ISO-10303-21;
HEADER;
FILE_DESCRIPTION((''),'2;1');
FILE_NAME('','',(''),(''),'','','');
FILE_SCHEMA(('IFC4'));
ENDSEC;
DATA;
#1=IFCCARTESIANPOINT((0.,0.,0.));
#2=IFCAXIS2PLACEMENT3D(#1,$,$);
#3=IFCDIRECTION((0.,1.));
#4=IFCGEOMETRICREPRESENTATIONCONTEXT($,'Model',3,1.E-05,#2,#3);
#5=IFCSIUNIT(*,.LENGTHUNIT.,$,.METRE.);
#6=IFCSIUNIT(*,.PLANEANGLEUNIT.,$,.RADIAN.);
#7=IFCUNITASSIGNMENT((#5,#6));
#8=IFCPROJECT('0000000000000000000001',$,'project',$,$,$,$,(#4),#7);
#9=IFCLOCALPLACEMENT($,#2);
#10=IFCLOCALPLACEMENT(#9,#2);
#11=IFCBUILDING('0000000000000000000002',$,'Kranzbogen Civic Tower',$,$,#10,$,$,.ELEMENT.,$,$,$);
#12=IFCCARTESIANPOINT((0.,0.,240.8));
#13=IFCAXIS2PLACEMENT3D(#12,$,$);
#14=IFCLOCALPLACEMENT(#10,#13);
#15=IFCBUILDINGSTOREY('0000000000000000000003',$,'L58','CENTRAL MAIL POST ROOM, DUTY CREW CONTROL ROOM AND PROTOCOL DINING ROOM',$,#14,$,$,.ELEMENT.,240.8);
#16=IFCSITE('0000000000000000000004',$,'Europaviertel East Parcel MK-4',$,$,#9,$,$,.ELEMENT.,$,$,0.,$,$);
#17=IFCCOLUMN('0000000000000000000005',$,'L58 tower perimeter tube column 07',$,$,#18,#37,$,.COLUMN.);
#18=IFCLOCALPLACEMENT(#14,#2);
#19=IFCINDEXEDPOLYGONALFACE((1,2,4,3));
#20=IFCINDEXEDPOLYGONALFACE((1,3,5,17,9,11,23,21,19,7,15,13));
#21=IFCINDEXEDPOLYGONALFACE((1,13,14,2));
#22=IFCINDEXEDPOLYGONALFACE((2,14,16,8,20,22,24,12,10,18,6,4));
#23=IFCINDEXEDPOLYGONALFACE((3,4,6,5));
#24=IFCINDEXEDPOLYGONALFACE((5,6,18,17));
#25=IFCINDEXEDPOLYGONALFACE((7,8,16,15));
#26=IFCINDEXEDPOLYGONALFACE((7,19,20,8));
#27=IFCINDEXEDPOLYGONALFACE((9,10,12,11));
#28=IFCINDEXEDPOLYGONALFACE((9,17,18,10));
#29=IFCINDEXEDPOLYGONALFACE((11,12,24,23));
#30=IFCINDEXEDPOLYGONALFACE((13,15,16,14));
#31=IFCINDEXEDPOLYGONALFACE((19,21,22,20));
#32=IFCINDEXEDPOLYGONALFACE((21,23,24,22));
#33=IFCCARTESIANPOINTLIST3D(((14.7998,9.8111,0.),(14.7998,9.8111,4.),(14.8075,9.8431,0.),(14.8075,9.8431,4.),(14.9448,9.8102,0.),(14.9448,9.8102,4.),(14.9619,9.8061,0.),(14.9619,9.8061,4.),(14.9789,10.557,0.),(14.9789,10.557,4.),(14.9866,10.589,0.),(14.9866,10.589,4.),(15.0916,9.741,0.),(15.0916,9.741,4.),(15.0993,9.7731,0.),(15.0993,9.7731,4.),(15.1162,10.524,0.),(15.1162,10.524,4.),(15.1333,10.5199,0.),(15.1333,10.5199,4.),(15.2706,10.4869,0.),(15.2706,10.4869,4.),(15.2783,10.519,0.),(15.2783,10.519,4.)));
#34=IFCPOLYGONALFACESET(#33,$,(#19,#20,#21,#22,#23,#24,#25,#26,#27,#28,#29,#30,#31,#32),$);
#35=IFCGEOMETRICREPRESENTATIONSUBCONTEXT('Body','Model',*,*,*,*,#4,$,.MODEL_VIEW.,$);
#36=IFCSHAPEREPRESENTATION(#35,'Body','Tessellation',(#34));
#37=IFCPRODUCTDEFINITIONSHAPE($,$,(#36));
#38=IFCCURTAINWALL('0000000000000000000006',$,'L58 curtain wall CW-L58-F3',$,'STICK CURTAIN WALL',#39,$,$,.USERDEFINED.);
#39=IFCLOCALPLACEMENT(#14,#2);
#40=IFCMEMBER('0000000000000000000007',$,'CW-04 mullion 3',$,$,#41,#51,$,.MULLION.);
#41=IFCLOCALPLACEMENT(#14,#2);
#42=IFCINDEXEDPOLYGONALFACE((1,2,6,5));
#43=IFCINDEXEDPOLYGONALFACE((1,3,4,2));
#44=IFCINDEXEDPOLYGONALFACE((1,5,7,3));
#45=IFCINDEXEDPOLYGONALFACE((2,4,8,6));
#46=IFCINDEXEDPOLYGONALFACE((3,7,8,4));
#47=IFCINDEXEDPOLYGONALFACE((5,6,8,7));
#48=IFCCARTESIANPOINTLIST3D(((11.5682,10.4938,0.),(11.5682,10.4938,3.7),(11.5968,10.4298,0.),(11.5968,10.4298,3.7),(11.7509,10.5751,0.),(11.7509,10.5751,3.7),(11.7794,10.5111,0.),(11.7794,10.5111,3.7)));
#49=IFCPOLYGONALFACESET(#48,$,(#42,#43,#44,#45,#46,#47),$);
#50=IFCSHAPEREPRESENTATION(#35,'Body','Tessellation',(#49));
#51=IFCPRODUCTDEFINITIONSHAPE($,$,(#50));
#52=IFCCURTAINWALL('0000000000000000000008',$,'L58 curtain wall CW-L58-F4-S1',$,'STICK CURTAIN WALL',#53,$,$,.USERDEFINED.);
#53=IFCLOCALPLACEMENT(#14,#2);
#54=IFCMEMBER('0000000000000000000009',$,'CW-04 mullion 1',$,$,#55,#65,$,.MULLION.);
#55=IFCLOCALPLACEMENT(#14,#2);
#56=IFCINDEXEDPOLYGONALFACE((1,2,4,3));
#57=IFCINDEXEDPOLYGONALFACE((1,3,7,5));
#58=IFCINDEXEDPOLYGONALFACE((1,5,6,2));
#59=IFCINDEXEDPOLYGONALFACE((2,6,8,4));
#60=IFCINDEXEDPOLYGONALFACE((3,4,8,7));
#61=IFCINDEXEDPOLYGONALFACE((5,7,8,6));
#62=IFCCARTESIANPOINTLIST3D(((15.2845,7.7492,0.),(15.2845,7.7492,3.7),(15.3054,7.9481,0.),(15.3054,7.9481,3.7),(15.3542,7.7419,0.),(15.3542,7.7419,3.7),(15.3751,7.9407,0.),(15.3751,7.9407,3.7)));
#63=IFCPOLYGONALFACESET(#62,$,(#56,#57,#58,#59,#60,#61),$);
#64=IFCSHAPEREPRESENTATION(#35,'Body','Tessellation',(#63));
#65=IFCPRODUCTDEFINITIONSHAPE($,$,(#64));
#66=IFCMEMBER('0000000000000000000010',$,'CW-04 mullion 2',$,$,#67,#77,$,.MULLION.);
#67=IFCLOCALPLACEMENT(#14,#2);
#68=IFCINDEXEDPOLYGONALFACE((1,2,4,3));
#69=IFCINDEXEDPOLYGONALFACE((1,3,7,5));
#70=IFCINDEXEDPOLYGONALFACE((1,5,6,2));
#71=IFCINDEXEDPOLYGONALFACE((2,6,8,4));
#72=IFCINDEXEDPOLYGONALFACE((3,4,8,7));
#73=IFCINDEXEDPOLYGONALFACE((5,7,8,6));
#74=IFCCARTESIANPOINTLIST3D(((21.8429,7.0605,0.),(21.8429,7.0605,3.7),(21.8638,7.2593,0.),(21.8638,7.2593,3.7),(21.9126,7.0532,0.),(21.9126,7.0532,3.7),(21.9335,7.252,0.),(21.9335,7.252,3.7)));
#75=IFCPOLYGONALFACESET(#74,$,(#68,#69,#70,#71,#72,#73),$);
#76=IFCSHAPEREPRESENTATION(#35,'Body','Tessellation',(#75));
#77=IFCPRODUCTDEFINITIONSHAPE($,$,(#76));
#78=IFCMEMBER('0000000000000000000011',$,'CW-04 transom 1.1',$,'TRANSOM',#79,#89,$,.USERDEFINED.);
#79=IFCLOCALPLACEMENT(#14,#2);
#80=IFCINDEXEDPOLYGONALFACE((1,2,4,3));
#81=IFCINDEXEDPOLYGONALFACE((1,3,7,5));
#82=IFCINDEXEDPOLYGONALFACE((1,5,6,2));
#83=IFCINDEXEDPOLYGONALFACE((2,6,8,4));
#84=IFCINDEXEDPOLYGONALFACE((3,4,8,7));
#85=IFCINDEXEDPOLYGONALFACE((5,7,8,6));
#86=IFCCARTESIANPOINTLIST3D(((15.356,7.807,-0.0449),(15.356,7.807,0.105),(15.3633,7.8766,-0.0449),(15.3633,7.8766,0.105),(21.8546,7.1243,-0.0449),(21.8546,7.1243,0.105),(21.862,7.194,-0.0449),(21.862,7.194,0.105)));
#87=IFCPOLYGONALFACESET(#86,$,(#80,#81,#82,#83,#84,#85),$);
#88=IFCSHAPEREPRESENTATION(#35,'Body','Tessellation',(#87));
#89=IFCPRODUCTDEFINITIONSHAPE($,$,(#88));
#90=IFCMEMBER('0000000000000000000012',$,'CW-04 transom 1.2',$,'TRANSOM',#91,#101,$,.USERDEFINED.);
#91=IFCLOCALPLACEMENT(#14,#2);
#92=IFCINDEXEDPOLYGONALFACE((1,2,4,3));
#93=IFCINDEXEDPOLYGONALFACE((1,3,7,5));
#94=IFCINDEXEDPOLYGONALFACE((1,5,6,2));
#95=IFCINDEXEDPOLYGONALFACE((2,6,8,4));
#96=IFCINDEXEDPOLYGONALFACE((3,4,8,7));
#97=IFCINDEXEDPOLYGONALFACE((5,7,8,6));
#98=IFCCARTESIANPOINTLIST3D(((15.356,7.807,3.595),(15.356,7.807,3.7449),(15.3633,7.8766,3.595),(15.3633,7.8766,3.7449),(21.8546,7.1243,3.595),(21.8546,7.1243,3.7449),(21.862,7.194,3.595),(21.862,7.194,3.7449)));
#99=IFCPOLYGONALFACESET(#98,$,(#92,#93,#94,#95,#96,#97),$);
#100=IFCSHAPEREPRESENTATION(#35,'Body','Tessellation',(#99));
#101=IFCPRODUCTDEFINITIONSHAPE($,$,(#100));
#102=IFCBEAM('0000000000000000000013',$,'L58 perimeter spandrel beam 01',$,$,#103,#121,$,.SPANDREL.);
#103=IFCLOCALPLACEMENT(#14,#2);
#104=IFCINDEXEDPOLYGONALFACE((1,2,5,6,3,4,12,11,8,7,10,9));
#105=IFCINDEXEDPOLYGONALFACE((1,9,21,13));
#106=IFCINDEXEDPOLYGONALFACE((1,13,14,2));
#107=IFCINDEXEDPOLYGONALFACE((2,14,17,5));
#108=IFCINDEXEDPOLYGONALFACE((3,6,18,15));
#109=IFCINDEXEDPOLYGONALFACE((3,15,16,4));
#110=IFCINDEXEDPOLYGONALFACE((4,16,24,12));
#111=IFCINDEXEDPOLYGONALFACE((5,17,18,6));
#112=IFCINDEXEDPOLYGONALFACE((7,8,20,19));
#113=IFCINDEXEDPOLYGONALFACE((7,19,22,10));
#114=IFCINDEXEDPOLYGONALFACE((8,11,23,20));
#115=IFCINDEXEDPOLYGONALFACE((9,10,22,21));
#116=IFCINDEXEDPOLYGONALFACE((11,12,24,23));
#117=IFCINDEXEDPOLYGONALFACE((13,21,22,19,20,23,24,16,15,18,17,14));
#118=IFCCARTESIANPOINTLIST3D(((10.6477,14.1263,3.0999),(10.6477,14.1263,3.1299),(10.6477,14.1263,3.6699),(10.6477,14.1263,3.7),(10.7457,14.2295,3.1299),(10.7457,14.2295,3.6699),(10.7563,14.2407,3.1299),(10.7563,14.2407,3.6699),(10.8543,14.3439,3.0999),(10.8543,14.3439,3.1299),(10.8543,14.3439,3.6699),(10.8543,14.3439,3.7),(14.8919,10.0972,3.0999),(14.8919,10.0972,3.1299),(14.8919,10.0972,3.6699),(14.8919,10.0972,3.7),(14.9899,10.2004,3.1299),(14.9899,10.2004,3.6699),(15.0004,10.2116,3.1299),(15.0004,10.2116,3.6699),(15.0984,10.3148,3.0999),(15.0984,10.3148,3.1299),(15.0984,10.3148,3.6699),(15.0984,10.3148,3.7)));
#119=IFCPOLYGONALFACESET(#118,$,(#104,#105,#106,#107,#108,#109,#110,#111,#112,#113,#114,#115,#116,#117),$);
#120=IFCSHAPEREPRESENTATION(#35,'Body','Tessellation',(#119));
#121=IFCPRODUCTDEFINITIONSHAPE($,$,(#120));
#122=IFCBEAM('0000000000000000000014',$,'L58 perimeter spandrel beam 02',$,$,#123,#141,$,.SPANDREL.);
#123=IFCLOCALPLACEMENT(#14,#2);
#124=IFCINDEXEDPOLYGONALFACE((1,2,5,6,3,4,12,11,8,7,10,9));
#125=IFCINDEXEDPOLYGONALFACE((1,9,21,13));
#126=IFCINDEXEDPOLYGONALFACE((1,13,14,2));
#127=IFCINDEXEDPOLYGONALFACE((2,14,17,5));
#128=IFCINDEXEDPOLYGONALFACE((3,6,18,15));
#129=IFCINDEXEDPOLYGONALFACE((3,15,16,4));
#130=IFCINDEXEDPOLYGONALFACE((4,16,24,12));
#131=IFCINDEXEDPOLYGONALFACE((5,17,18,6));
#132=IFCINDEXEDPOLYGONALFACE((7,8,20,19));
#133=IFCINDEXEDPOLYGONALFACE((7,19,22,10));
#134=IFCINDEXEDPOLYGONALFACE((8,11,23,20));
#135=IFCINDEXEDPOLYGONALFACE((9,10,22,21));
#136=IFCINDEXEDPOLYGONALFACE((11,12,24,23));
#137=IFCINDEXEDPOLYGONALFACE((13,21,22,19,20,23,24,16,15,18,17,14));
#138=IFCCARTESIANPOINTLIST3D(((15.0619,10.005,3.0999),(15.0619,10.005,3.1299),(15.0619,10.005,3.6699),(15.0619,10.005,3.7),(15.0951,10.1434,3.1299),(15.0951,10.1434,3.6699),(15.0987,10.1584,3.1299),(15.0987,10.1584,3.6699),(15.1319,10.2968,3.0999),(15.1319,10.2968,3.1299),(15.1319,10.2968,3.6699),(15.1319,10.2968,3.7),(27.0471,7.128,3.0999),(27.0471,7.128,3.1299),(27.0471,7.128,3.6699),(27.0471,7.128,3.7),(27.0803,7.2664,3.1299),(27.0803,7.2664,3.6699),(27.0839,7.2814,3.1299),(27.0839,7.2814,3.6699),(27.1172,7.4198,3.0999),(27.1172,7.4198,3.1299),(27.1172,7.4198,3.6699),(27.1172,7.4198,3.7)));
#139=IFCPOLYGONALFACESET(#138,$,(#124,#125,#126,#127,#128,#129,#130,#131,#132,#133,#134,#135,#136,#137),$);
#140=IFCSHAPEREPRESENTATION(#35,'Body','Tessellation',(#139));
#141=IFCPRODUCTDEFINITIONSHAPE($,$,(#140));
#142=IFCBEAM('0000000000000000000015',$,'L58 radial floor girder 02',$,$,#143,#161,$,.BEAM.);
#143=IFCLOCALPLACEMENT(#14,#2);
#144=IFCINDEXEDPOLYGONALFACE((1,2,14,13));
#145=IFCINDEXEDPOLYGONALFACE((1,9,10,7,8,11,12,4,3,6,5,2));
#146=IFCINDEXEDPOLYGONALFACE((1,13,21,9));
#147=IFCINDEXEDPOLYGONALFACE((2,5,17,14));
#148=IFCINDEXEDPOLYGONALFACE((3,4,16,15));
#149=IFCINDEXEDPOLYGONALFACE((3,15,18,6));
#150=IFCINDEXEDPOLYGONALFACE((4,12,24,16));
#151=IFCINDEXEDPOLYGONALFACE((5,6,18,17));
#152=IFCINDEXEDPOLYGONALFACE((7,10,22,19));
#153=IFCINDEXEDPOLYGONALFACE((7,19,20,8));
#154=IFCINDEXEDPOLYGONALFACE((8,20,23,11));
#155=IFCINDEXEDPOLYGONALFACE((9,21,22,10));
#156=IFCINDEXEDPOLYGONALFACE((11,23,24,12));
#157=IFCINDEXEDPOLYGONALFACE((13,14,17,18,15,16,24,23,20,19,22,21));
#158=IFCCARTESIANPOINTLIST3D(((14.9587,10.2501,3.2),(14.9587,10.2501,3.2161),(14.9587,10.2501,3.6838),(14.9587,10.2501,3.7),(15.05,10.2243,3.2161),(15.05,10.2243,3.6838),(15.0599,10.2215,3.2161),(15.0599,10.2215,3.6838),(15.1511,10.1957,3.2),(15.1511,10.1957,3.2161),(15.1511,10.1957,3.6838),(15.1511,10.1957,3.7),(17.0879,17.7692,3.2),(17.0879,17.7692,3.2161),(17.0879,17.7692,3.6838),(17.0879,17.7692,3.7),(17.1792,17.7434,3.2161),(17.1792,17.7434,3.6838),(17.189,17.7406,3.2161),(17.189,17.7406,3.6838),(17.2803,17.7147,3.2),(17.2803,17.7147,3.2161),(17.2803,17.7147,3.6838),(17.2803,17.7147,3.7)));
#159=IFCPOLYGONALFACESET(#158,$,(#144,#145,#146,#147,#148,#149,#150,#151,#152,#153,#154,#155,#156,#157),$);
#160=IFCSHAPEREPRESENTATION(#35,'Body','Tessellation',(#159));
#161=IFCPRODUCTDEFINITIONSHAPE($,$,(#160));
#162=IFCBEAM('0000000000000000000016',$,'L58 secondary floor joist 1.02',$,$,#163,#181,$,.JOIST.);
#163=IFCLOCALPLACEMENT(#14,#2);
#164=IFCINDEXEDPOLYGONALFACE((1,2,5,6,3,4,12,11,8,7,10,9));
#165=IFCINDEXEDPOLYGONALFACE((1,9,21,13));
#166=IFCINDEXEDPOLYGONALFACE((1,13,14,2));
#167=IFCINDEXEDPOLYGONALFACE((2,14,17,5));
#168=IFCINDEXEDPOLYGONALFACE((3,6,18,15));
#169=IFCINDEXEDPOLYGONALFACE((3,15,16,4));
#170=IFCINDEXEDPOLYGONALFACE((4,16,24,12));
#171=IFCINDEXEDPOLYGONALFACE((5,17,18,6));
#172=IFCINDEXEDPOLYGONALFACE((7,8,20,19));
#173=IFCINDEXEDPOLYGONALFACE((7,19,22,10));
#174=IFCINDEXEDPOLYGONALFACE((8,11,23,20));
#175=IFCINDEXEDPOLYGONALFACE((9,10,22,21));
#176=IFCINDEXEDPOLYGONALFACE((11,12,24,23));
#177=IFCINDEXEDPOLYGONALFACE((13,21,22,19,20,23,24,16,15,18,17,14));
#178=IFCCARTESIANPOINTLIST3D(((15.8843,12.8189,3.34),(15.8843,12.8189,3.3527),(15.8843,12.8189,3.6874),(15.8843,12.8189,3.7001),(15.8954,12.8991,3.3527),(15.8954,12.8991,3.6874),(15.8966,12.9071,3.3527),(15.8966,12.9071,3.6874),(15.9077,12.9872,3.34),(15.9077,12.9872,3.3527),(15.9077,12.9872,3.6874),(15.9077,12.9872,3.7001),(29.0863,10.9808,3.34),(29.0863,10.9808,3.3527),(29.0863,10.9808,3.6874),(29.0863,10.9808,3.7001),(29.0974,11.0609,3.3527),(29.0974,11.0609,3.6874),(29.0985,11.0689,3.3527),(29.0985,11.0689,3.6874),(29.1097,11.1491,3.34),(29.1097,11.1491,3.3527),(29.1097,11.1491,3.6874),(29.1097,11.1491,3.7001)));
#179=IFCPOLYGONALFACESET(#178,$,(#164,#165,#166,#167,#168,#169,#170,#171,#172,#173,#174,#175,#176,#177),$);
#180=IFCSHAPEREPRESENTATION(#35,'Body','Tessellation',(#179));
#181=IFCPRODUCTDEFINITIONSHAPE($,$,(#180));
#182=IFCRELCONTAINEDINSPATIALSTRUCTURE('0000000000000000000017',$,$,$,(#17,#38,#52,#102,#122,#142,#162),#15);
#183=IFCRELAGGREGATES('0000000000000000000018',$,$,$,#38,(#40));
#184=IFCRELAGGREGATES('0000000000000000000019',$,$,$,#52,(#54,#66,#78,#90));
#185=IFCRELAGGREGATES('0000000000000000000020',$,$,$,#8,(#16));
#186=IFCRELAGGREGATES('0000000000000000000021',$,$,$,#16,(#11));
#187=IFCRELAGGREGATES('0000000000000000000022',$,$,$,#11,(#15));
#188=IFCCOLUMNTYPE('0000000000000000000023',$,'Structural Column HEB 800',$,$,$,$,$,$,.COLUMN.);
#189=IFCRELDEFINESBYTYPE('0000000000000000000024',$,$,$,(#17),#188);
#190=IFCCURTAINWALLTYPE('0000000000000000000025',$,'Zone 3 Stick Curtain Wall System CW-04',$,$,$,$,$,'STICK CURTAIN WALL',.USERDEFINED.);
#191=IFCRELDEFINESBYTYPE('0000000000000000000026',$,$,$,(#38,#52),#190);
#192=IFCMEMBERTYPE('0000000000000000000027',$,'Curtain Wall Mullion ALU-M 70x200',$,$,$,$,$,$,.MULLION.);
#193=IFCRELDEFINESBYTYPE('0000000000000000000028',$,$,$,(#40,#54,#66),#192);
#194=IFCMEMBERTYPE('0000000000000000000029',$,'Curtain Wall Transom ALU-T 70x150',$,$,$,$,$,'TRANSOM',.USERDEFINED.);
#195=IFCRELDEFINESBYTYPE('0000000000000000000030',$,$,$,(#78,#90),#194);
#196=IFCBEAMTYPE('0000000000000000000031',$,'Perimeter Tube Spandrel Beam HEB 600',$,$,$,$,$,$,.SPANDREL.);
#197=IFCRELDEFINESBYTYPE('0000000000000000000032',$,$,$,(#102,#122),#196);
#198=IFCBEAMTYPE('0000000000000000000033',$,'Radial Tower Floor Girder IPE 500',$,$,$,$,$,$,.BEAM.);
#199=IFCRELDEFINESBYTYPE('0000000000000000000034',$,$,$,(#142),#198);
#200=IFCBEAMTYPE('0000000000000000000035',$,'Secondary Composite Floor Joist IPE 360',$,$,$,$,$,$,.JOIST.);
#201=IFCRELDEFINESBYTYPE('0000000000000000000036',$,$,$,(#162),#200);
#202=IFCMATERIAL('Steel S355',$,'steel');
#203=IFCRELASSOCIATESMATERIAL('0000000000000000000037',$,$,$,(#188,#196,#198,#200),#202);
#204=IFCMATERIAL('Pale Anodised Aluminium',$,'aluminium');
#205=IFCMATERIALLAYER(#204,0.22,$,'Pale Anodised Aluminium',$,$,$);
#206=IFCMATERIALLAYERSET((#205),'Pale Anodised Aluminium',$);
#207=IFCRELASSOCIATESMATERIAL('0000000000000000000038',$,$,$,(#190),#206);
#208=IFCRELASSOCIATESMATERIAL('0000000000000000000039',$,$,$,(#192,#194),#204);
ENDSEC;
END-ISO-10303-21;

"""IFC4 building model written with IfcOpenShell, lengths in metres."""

from ifc_helpers import new_model, si_unit, direction, frame, origin, origin_2d, place, context, subcontext, project, spatial, rectangle, i_section, extrude, material, layer, layer_set, material_profile, profile_set, type_object, element, aggregate, save


model = new_model("IFC4")

# Units and contexts
model_context = context("Model", 3, precision=1e-05, world=origin(), true_north=direction((0.0, 1.0)))
body_context = subcontext(model_context, "Body", "Model", "MODEL_VIEW")
ifc_project = project(units=[si_unit("LENGTHUNIT", "METRE"), si_unit("PLANEANGLEUNIT", "RADIAN")], contexts=[model_context])

# Site, building, storey
site_placement = place(None, origin())
site = spatial("IfcSite", under=ifc_project, at=site_placement, Name="Europaviertel East Parcel MK-4", CompositionType="ELEMENT", RefElevation=0.0)
building_placement = place(site_placement, origin())
building = spatial("IfcBuilding", under=site, at=building_placement, Name="Kranzbogen Civic Tower", CompositionType="ELEMENT")
storey_placement = place(building_placement, frame((0.0, 0.0, 240.8)))
storey = spatial("IfcBuildingStorey", under=building, at=storey_placement, Name="L58", Description="CENTRAL MAIL POST ROOM, DUTY CREW CONTROL ROOM AND PROTOCOL DINING ROOM", CompositionType="ELEMENT", Elevation=240.8)

# Column
ifc_material_1 = material(Name="Steel S355", Category="steel")
ifc_material_profile_1 = material_profile(ifc_material_1, i_section(OverallWidth=0.3, OverallDepth=0.8, WebThickness=0.0176, FlangeThickness=0.033, at=origin_2d()), Name="HEB 800")
ifc_profile_set_1 = profile_set([ifc_material_profile_1], Name="Steel S355")
column_type = type_object("IfcColumnType", Name="Structural Column HEB 800", PredefinedType="COLUMN", material=ifc_profile_set_1)
column_placement = place(storey_placement, frame((15.0391, 10.165, 0.0), z_axis=(0.0, 0.0, 1.0), x_axis=(-0.97237, 0.233445, 0.0)))
element("IfcColumn", 1, at=column_placement, inside=storey, type_object=column_type, Name="L58 tower perimeter tube column 07", PredefinedType="COLUMN", context=body_context, shape_type="SweptSolid", body=[
    extrude(i_section(OverallWidth=0.3, OverallDepth=0.8, WebThickness=0.0176, FlangeThickness=0.033, at=origin_2d()), origin(), (0.0, 0.0, 1.0), 4.0),
])

# Curtain wall, member
ifc_material_2 = material(Name="Pale Anodised Aluminium", Category="aluminium")
ifc_layer_1 = layer(ifc_material_2, 0.22, Name="Pale Anodised Aluminium")
ifc_layer_set_1 = layer_set([ifc_layer_1], Name="Pale Anodised Aluminium")
curtain_wall_type = type_object("IfcCurtainWallType", Name="Zone 3 Stick Curtain Wall System CW-04", ElementType="STICK CURTAIN WALL", PredefinedType="USERDEFINED", material=ifc_layer_set_1)
curtain_wall_1_placement = place(storey_placement, origin())
curtain_wall_1 = element("IfcCurtainWall", 2, at=curtain_wall_1_placement, inside=storey, type_object=curtain_wall_type, Name="L58 curtain wall CW-L58-F3", ObjectType="STICK CURTAIN WALL", PredefinedType="USERDEFINED")
ifc_material_profile_2 = material_profile(ifc_material_2, rectangle(XDim=0.0701, YDim=0.2, at=origin_2d()), Name="ALU-M 70x200")
ifc_profile_set_2 = profile_set([ifc_material_profile_2], Name="Pale Anodised Aluminium")
member_type_1 = type_object("IfcMemberType", Name="Curtain Wall Mullion ALU-M 70x200", PredefinedType="MULLION", material=ifc_profile_set_2)
member_1_placement = place(storey_placement, frame((11.6738, 10.5024, 0.0), z_axis=(0.0, 0.0, 1.0), x_axis=(0.406812, -0.913512, 0.0)))
member_1 = element("IfcMember", 3, at=member_1_placement, type_object=member_type_1, Name="CW-04 mullion 3", PredefinedType="MULLION", context=body_context, shape_type="SweptSolid", body=[
    extrude(rectangle(XDim=0.0701, YDim=0.2, at=origin_2d()), origin(), (0.0, 0.0, 1.0), 3.7),
])

# Curtain wall, members
curtain_wall_2_placement = place(storey_placement, origin())
curtain_wall_2 = element("IfcCurtainWall", 4, at=curtain_wall_2_placement, inside=storey, type_object=curtain_wall_type, Name="L58 curtain wall CW-L58-F4-S1", ObjectType="STICK CURTAIN WALL", PredefinedType="USERDEFINED")
member_2_placement = place(storey_placement, frame((15.3298, 7.845, 0.0), z_axis=(0.0, 0.0, 1.0), x_axis=(0.994531, -0.104442, 0.0)))
member_2 = element("IfcMember", 5, at=member_2_placement, type_object=member_type_1, Name="CW-04 mullion 1", PredefinedType="MULLION", context=body_context, shape_type="SweptSolid", body=[
    extrude(rectangle(XDim=0.0701, YDim=0.2, at=origin_2d()), origin(), (0.0, 0.0, 1.0), 3.7),
])
member_3_placement = place(storey_placement, frame((21.8882, 7.1562, 0.0), z_axis=(0.0, 0.0, 1.0), x_axis=(0.994531, -0.104442, 0.0)))
member_3 = element("IfcMember", 6, at=member_3_placement, type_object=member_type_1, Name="CW-04 mullion 2", PredefinedType="MULLION", context=body_context, shape_type="SweptSolid", body=[
    extrude(rectangle(XDim=0.0701, YDim=0.2, at=origin_2d()), origin(), (0.0, 0.0, 1.0), 3.7),
])
ifc_material_profile_3 = material_profile(ifc_material_2, rectangle(XDim=0.0701, YDim=0.1499, at=origin_2d()), Name="ALU-T 70x150")
ifc_profile_set_3 = profile_set([ifc_material_profile_3], Name="Pale Anodised Aluminium")
member_type_2 = type_object("IfcMemberType", Name="Curtain Wall Transom ALU-T 70x150", ElementType="TRANSOM", PredefinedType="USERDEFINED", material=ifc_profile_set_3)
member_4_placement = place(storey_placement, frame((15.3596, 7.8418, 0.03), z_axis=(0.994529, -0.104463, 0.0), x_axis=(0.104463, 0.994529, 0.0)))
member_4 = element("IfcMember", 7, at=member_4_placement, type_object=member_type_2, Name="CW-04 transom 1.1", ObjectType="TRANSOM", PredefinedType="USERDEFINED", context=body_context, shape_type="SweptSolid", body=[
    extrude(rectangle(XDim=0.0701, YDim=0.1499, at=origin_2d()), origin(), (0.0, 0.0, 1.0), 6.5344),
])
member_5_placement = place(storey_placement, frame((15.3596, 7.8418, 3.6699), z_axis=(0.994529, -0.104463, 0.0), x_axis=(0.104463, 0.994529, 0.0)))
member_5 = element("IfcMember", 8, at=member_5_placement, type_object=member_type_2, Name="CW-04 transom 1.2", ObjectType="TRANSOM", PredefinedType="USERDEFINED", context=body_context, shape_type="SweptSolid", body=[
    extrude(rectangle(XDim=0.0701, YDim=0.1499, at=origin_2d()), origin(), (0.0, 0.0, 1.0), 6.5344),
])

# Beams
ifc_material_profile_4 = material_profile(ifc_material_1, i_section(OverallWidth=0.3, OverallDepth=0.6001, WebThickness=0.0154, FlangeThickness=0.03, at=origin_2d()), Name="HEB 600")
ifc_profile_set_4 = profile_set([ifc_material_profile_4], Name="Steel S355")
beam_type_1 = type_object("IfcBeamType", Name="Perimeter Tube Spandrel Beam HEB 600", PredefinedType="SPANDREL", material=ifc_profile_set_4)
beam_1_placement = place(storey_placement, frame((10.751, 14.2351, 3.3999), z_axis=(0.725245, -0.688491, 0.0), x_axis=(0.688491, 0.725245, 0.0)))
element("IfcBeam", 9, at=beam_1_placement, inside=storey, type_object=beam_type_1, Name="L58 perimeter spandrel beam 01", PredefinedType="SPANDREL", context=body_context, shape_type="SweptSolid", body=[
    extrude(i_section(OverallWidth=0.3, OverallDepth=0.6001, WebThickness=0.0154, FlangeThickness=0.03, at=origin_2d()), origin(), (0.0, 0.0, 1.0), 5.8521),
])
beam_2_placement = place(storey_placement, frame((15.0969, 10.1509, 3.3999), z_axis=(0.972378, -0.233413, 0.0), x_axis=(0.233413, 0.972378, 0.0)))
element("IfcBeam", 10, at=beam_2_placement, inside=storey, type_object=beam_type_1, Name="L58 perimeter spandrel beam 02", PredefinedType="SPANDREL", context=body_context, shape_type="SweptSolid", body=[
    extrude(i_section(OverallWidth=0.3, OverallDepth=0.6001, WebThickness=0.0154, FlangeThickness=0.03, at=origin_2d()), origin(), (0.0, 0.0, 1.0), 12.3257),
])
ifc_material_profile_5 = material_profile(ifc_material_1, i_section(OverallWidth=0.2, OverallDepth=0.5, WebThickness=0.0103, FlangeThickness=0.0161, at=origin_2d()), Name="IPE 500")
ifc_profile_set_5 = profile_set([ifc_material_profile_5], Name="Steel S355")
beam_type_2 = type_object("IfcBeamType", Name="Radial Tower Floor Girder IPE 500", PredefinedType="BEAM", material=ifc_profile_set_5)
beam_3_placement = place(storey_placement, frame((15.0549, 10.2229, 3.45), z_axis=(0.272455, 0.962169, 0.0), x_axis=(-0.962169, 0.272455, 0.0)))
element("IfcBeam", 11, at=beam_3_placement, inside=storey, type_object=beam_type_2, Name="L58 radial floor girder 02", PredefinedType="BEAM", context=body_context, shape_type="SweptSolid", body=[
    extrude(i_section(OverallWidth=0.2, OverallDepth=0.5, WebThickness=0.0103, FlangeThickness=0.0161, at=origin_2d()), origin(), (0.0, 0.0, 1.0), 7.8147),
])
ifc_material_profile_6 = material_profile(ifc_material_1, i_section(OverallWidth=0.1699, OverallDepth=0.3601, WebThickness=0.0081, FlangeThickness=0.0127, at=origin_2d()), Name="IPE 360")
ifc_profile_set_6 = profile_set([ifc_material_profile_6], Name="Steel S355")
beam_type_3 = type_object("IfcBeamType", Name="Secondary Composite Floor Joist IPE 360", PredefinedType="JOIST", material=ifc_profile_set_6)
beam_4_placement = place(storey_placement, frame((15.896, 12.9031, 3.52), z_axis=(0.990446, -0.137902, 0.0), x_axis=(0.137902, 0.990446, 0.0)))
element("IfcBeam", 12, at=beam_4_placement, inside=storey, type_object=beam_type_3, Name="L58 secondary floor joist 1.02", PredefinedType="JOIST", context=body_context, shape_type="SweptSolid", body=[
    extrude(i_section(OverallWidth=0.1699, OverallDepth=0.3601, WebThickness=0.0081, FlangeThickness=0.0127, at=origin_2d()), origin(), (0.0, 0.0, 1.0), 13.3293),
])

aggregate(curtain_wall_1, [member_1])
aggregate(curtain_wall_2, [member_2, member_3, member_4, member_5])

save(model, "model.ifc")
